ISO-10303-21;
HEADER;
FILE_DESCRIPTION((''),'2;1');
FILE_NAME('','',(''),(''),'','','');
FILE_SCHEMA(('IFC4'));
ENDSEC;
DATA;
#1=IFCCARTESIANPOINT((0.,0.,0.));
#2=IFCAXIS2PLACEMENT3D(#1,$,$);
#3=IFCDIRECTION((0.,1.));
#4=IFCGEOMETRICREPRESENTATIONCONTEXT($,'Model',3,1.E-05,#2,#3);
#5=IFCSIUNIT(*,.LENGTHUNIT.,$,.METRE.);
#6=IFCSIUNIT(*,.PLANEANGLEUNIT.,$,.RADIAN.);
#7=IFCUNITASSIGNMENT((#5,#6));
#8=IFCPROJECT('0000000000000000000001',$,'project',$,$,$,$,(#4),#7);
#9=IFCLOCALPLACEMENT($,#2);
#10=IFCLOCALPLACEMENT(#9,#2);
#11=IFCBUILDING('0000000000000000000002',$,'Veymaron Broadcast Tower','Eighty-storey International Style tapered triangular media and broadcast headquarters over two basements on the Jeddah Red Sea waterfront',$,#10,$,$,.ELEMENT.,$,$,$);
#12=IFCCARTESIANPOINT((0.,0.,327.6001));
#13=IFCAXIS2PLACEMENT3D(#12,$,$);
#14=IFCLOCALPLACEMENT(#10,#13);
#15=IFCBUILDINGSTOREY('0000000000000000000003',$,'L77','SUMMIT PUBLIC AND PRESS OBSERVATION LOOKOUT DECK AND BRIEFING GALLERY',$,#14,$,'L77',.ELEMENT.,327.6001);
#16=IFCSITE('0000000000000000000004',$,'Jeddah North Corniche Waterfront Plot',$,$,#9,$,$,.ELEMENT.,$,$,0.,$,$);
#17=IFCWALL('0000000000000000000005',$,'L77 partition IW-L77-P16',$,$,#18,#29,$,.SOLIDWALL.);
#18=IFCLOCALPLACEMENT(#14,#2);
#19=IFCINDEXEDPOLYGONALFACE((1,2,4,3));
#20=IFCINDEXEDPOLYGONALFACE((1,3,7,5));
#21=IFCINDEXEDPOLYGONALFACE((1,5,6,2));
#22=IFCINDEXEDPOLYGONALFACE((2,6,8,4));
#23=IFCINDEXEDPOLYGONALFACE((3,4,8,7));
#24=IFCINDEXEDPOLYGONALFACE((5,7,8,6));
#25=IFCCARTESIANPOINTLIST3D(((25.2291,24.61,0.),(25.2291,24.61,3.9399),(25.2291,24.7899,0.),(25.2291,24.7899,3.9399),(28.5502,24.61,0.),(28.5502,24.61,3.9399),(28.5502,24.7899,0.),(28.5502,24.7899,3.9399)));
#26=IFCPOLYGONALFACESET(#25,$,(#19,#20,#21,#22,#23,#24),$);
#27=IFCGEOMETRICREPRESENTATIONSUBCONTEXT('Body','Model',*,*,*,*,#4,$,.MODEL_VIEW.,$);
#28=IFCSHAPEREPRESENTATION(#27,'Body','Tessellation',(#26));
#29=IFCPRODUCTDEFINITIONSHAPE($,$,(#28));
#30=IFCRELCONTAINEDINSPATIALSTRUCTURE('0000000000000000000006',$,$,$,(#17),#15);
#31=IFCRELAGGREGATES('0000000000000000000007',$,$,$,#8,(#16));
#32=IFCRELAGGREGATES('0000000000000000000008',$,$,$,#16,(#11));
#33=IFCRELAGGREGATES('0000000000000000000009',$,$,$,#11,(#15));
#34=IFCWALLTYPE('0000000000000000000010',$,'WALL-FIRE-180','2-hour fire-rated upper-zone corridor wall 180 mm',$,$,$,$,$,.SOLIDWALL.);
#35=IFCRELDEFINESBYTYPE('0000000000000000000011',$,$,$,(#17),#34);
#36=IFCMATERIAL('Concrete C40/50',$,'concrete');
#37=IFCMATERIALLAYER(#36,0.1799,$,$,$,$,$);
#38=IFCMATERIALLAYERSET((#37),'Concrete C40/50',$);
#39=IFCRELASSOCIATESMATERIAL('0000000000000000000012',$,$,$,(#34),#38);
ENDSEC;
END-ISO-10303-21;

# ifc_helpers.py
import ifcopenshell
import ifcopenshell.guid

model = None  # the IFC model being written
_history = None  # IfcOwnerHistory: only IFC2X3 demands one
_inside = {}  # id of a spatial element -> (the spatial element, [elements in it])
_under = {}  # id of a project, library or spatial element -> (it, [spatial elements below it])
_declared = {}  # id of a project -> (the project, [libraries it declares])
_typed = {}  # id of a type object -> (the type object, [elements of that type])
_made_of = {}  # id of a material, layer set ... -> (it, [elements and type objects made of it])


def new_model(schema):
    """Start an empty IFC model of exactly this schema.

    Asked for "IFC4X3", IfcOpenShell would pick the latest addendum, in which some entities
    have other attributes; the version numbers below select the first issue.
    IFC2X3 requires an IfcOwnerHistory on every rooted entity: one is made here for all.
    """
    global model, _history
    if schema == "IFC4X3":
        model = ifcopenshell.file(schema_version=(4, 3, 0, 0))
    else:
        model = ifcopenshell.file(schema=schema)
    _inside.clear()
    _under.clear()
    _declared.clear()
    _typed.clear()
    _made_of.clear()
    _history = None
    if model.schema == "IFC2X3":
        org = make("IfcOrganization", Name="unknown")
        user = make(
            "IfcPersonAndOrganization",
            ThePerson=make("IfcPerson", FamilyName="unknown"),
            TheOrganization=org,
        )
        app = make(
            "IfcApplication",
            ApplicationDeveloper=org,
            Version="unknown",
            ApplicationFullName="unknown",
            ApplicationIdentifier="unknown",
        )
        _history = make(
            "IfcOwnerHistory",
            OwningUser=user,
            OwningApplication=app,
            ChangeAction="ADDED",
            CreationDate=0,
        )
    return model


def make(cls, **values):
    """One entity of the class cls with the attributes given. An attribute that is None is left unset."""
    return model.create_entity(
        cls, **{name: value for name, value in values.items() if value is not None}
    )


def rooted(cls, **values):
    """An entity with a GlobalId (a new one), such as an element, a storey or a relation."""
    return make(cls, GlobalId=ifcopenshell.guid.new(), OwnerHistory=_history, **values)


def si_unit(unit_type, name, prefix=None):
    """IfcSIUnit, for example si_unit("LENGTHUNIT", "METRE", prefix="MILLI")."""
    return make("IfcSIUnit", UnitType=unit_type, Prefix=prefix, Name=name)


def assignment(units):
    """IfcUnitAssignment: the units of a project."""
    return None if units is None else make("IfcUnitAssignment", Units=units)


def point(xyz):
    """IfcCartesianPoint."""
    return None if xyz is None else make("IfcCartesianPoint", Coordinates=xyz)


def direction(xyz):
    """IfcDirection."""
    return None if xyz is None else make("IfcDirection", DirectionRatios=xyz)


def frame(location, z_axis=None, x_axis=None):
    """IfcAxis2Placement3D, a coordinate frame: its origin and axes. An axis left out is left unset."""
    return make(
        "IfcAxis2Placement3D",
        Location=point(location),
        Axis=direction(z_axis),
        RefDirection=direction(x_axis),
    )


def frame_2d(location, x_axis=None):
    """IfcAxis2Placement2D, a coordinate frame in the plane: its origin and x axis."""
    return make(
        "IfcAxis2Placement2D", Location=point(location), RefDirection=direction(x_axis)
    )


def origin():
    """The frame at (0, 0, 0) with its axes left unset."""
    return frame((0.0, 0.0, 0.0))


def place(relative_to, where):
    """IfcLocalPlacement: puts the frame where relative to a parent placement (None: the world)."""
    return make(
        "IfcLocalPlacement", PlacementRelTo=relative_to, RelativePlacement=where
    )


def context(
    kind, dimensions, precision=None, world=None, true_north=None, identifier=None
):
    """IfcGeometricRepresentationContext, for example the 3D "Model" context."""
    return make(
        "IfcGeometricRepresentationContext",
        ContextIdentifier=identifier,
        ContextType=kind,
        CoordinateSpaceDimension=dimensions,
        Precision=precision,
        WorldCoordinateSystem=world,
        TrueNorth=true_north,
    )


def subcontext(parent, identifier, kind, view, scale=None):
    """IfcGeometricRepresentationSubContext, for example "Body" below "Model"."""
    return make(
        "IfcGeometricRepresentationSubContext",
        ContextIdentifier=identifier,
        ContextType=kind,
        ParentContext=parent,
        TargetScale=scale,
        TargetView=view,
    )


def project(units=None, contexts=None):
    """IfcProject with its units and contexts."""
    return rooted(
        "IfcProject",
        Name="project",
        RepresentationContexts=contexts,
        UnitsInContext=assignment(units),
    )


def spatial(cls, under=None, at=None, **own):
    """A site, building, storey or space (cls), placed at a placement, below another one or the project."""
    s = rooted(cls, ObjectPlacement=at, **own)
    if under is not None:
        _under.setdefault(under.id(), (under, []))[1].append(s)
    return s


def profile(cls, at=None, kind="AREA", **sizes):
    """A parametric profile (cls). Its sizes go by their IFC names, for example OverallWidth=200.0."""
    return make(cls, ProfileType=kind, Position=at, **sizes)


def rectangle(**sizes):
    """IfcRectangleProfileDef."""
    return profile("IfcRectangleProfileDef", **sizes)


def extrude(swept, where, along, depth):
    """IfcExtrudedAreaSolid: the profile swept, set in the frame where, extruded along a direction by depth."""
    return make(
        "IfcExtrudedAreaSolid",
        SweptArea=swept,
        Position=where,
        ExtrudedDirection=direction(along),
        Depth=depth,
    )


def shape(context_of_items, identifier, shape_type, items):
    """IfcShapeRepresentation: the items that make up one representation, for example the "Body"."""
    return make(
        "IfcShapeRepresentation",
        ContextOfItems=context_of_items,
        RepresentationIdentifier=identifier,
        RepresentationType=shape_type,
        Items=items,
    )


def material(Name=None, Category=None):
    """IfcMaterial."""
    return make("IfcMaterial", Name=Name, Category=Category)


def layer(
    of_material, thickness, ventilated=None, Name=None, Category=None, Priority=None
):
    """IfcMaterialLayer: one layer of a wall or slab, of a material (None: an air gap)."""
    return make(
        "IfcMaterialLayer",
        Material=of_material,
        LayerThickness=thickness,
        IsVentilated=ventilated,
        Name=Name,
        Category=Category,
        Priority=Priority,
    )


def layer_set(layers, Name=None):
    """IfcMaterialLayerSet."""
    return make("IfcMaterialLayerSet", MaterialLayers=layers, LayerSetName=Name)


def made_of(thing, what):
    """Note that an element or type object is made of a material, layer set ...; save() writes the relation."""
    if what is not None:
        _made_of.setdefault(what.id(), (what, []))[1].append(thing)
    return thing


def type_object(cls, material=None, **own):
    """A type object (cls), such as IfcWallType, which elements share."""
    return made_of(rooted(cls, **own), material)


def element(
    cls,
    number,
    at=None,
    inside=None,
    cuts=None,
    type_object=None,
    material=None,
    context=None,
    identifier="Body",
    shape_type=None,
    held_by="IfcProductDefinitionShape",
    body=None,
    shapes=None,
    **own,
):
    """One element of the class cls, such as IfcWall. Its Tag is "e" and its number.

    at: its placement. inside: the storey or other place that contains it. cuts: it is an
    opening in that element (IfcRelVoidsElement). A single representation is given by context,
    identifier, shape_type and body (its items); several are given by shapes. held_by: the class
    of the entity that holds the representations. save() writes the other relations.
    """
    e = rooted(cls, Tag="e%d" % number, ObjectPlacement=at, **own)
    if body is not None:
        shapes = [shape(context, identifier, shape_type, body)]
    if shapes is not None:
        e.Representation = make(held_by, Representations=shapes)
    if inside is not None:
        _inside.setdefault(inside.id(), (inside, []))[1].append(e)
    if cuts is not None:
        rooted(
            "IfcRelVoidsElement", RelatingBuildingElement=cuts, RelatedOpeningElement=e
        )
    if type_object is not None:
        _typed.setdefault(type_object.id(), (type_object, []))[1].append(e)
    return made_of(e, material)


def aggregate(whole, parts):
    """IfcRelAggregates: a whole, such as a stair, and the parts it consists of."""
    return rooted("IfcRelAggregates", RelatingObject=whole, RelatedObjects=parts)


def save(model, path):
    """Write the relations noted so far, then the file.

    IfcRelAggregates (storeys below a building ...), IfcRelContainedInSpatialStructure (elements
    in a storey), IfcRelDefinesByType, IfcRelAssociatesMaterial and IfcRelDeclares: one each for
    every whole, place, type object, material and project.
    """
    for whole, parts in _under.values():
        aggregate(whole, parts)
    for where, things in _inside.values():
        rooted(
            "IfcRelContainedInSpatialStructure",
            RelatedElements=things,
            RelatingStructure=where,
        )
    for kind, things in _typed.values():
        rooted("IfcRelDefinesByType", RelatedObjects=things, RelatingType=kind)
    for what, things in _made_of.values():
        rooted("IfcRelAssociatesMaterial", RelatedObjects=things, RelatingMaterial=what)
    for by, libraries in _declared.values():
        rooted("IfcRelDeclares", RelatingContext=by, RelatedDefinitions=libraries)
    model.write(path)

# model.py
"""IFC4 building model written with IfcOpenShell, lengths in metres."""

from ifc_helpers import new_model, si_unit, direction, frame, frame_2d, origin, place, context, subcontext, project, spatial, rectangle, extrude, material, layer, layer_set, type_object, element, save


model = new_model("IFC4")

# Units and contexts
model_context = context("Model", 3, precision=1e-05, world=origin(), true_north=direction((0.0, 1.0)))
body_context = subcontext(model_context, "Body", "Model", "MODEL_VIEW")
ifc_project = project(units=[si_unit("LENGTHUNIT", "METRE"), si_unit("PLANEANGLEUNIT", "RADIAN")], contexts=[model_context])

# Site, building, storey
site_placement = place(None, origin())
site = spatial("IfcSite", under=ifc_project, at=site_placement, Name="Jeddah North Corniche Waterfront Plot", CompositionType="ELEMENT", RefElevation=0.0)
building_placement = place(site_placement, origin())
building = spatial("IfcBuilding", under=site, at=building_placement, Name="Veymaron Broadcast Tower", Description="Eighty-storey International Style tapered triangular media and broadcast headquarters over two basements on the Jeddah Red Sea waterfront", CompositionType="ELEMENT")
storey_placement = place(building_placement, frame((0.0, 0.0, 327.6001)))
storey = spatial("IfcBuildingStorey", under=building, at=storey_placement, Name="L77", Description="SUMMIT PUBLIC AND PRESS OBSERVATION LOOKOUT DECK AND BRIEFING GALLERY", LongName="L77", CompositionType="ELEMENT", Elevation=327.6001)

# Shared definitions
ifc_material_1 = material(Name="Concrete C40/50", Category="concrete")

# Shared definitions
ifc_layer_1 = layer(ifc_material_1, 0.1799)
ifc_layer_set_1 = layer_set([ifc_layer_1], Name="Concrete C40/50")
wall_type_1 = type_object("IfcWallType", Name="WALL-FIRE-180", Description="2-hour fire-rated upper-zone corridor wall 180 mm", PredefinedType="SOLIDWALL", material=ifc_layer_set_1)

# Wall
wall_1_placement = place(storey_placement, frame((25.229, 24.7, 0.0), z_axis=(0.0, 0.0, 1.0), x_axis=(1.0, 0.0, 0.0)))
element("IfcWall", 1, at=wall_1_placement, inside=storey, type_object=wall_type_1, Name="L77 partition IW-L77-P16", PredefinedType="SOLIDWALL", context=body_context, shape_type="SweptSolid", body=[
    extrude(rectangle(XDim=3.321, YDim=0.1799, at=frame_2d((1.6606, 0.0))), origin(), (0.0, 0.0, 1.0), 3.9399),
])

save(model, "model.ifc")
